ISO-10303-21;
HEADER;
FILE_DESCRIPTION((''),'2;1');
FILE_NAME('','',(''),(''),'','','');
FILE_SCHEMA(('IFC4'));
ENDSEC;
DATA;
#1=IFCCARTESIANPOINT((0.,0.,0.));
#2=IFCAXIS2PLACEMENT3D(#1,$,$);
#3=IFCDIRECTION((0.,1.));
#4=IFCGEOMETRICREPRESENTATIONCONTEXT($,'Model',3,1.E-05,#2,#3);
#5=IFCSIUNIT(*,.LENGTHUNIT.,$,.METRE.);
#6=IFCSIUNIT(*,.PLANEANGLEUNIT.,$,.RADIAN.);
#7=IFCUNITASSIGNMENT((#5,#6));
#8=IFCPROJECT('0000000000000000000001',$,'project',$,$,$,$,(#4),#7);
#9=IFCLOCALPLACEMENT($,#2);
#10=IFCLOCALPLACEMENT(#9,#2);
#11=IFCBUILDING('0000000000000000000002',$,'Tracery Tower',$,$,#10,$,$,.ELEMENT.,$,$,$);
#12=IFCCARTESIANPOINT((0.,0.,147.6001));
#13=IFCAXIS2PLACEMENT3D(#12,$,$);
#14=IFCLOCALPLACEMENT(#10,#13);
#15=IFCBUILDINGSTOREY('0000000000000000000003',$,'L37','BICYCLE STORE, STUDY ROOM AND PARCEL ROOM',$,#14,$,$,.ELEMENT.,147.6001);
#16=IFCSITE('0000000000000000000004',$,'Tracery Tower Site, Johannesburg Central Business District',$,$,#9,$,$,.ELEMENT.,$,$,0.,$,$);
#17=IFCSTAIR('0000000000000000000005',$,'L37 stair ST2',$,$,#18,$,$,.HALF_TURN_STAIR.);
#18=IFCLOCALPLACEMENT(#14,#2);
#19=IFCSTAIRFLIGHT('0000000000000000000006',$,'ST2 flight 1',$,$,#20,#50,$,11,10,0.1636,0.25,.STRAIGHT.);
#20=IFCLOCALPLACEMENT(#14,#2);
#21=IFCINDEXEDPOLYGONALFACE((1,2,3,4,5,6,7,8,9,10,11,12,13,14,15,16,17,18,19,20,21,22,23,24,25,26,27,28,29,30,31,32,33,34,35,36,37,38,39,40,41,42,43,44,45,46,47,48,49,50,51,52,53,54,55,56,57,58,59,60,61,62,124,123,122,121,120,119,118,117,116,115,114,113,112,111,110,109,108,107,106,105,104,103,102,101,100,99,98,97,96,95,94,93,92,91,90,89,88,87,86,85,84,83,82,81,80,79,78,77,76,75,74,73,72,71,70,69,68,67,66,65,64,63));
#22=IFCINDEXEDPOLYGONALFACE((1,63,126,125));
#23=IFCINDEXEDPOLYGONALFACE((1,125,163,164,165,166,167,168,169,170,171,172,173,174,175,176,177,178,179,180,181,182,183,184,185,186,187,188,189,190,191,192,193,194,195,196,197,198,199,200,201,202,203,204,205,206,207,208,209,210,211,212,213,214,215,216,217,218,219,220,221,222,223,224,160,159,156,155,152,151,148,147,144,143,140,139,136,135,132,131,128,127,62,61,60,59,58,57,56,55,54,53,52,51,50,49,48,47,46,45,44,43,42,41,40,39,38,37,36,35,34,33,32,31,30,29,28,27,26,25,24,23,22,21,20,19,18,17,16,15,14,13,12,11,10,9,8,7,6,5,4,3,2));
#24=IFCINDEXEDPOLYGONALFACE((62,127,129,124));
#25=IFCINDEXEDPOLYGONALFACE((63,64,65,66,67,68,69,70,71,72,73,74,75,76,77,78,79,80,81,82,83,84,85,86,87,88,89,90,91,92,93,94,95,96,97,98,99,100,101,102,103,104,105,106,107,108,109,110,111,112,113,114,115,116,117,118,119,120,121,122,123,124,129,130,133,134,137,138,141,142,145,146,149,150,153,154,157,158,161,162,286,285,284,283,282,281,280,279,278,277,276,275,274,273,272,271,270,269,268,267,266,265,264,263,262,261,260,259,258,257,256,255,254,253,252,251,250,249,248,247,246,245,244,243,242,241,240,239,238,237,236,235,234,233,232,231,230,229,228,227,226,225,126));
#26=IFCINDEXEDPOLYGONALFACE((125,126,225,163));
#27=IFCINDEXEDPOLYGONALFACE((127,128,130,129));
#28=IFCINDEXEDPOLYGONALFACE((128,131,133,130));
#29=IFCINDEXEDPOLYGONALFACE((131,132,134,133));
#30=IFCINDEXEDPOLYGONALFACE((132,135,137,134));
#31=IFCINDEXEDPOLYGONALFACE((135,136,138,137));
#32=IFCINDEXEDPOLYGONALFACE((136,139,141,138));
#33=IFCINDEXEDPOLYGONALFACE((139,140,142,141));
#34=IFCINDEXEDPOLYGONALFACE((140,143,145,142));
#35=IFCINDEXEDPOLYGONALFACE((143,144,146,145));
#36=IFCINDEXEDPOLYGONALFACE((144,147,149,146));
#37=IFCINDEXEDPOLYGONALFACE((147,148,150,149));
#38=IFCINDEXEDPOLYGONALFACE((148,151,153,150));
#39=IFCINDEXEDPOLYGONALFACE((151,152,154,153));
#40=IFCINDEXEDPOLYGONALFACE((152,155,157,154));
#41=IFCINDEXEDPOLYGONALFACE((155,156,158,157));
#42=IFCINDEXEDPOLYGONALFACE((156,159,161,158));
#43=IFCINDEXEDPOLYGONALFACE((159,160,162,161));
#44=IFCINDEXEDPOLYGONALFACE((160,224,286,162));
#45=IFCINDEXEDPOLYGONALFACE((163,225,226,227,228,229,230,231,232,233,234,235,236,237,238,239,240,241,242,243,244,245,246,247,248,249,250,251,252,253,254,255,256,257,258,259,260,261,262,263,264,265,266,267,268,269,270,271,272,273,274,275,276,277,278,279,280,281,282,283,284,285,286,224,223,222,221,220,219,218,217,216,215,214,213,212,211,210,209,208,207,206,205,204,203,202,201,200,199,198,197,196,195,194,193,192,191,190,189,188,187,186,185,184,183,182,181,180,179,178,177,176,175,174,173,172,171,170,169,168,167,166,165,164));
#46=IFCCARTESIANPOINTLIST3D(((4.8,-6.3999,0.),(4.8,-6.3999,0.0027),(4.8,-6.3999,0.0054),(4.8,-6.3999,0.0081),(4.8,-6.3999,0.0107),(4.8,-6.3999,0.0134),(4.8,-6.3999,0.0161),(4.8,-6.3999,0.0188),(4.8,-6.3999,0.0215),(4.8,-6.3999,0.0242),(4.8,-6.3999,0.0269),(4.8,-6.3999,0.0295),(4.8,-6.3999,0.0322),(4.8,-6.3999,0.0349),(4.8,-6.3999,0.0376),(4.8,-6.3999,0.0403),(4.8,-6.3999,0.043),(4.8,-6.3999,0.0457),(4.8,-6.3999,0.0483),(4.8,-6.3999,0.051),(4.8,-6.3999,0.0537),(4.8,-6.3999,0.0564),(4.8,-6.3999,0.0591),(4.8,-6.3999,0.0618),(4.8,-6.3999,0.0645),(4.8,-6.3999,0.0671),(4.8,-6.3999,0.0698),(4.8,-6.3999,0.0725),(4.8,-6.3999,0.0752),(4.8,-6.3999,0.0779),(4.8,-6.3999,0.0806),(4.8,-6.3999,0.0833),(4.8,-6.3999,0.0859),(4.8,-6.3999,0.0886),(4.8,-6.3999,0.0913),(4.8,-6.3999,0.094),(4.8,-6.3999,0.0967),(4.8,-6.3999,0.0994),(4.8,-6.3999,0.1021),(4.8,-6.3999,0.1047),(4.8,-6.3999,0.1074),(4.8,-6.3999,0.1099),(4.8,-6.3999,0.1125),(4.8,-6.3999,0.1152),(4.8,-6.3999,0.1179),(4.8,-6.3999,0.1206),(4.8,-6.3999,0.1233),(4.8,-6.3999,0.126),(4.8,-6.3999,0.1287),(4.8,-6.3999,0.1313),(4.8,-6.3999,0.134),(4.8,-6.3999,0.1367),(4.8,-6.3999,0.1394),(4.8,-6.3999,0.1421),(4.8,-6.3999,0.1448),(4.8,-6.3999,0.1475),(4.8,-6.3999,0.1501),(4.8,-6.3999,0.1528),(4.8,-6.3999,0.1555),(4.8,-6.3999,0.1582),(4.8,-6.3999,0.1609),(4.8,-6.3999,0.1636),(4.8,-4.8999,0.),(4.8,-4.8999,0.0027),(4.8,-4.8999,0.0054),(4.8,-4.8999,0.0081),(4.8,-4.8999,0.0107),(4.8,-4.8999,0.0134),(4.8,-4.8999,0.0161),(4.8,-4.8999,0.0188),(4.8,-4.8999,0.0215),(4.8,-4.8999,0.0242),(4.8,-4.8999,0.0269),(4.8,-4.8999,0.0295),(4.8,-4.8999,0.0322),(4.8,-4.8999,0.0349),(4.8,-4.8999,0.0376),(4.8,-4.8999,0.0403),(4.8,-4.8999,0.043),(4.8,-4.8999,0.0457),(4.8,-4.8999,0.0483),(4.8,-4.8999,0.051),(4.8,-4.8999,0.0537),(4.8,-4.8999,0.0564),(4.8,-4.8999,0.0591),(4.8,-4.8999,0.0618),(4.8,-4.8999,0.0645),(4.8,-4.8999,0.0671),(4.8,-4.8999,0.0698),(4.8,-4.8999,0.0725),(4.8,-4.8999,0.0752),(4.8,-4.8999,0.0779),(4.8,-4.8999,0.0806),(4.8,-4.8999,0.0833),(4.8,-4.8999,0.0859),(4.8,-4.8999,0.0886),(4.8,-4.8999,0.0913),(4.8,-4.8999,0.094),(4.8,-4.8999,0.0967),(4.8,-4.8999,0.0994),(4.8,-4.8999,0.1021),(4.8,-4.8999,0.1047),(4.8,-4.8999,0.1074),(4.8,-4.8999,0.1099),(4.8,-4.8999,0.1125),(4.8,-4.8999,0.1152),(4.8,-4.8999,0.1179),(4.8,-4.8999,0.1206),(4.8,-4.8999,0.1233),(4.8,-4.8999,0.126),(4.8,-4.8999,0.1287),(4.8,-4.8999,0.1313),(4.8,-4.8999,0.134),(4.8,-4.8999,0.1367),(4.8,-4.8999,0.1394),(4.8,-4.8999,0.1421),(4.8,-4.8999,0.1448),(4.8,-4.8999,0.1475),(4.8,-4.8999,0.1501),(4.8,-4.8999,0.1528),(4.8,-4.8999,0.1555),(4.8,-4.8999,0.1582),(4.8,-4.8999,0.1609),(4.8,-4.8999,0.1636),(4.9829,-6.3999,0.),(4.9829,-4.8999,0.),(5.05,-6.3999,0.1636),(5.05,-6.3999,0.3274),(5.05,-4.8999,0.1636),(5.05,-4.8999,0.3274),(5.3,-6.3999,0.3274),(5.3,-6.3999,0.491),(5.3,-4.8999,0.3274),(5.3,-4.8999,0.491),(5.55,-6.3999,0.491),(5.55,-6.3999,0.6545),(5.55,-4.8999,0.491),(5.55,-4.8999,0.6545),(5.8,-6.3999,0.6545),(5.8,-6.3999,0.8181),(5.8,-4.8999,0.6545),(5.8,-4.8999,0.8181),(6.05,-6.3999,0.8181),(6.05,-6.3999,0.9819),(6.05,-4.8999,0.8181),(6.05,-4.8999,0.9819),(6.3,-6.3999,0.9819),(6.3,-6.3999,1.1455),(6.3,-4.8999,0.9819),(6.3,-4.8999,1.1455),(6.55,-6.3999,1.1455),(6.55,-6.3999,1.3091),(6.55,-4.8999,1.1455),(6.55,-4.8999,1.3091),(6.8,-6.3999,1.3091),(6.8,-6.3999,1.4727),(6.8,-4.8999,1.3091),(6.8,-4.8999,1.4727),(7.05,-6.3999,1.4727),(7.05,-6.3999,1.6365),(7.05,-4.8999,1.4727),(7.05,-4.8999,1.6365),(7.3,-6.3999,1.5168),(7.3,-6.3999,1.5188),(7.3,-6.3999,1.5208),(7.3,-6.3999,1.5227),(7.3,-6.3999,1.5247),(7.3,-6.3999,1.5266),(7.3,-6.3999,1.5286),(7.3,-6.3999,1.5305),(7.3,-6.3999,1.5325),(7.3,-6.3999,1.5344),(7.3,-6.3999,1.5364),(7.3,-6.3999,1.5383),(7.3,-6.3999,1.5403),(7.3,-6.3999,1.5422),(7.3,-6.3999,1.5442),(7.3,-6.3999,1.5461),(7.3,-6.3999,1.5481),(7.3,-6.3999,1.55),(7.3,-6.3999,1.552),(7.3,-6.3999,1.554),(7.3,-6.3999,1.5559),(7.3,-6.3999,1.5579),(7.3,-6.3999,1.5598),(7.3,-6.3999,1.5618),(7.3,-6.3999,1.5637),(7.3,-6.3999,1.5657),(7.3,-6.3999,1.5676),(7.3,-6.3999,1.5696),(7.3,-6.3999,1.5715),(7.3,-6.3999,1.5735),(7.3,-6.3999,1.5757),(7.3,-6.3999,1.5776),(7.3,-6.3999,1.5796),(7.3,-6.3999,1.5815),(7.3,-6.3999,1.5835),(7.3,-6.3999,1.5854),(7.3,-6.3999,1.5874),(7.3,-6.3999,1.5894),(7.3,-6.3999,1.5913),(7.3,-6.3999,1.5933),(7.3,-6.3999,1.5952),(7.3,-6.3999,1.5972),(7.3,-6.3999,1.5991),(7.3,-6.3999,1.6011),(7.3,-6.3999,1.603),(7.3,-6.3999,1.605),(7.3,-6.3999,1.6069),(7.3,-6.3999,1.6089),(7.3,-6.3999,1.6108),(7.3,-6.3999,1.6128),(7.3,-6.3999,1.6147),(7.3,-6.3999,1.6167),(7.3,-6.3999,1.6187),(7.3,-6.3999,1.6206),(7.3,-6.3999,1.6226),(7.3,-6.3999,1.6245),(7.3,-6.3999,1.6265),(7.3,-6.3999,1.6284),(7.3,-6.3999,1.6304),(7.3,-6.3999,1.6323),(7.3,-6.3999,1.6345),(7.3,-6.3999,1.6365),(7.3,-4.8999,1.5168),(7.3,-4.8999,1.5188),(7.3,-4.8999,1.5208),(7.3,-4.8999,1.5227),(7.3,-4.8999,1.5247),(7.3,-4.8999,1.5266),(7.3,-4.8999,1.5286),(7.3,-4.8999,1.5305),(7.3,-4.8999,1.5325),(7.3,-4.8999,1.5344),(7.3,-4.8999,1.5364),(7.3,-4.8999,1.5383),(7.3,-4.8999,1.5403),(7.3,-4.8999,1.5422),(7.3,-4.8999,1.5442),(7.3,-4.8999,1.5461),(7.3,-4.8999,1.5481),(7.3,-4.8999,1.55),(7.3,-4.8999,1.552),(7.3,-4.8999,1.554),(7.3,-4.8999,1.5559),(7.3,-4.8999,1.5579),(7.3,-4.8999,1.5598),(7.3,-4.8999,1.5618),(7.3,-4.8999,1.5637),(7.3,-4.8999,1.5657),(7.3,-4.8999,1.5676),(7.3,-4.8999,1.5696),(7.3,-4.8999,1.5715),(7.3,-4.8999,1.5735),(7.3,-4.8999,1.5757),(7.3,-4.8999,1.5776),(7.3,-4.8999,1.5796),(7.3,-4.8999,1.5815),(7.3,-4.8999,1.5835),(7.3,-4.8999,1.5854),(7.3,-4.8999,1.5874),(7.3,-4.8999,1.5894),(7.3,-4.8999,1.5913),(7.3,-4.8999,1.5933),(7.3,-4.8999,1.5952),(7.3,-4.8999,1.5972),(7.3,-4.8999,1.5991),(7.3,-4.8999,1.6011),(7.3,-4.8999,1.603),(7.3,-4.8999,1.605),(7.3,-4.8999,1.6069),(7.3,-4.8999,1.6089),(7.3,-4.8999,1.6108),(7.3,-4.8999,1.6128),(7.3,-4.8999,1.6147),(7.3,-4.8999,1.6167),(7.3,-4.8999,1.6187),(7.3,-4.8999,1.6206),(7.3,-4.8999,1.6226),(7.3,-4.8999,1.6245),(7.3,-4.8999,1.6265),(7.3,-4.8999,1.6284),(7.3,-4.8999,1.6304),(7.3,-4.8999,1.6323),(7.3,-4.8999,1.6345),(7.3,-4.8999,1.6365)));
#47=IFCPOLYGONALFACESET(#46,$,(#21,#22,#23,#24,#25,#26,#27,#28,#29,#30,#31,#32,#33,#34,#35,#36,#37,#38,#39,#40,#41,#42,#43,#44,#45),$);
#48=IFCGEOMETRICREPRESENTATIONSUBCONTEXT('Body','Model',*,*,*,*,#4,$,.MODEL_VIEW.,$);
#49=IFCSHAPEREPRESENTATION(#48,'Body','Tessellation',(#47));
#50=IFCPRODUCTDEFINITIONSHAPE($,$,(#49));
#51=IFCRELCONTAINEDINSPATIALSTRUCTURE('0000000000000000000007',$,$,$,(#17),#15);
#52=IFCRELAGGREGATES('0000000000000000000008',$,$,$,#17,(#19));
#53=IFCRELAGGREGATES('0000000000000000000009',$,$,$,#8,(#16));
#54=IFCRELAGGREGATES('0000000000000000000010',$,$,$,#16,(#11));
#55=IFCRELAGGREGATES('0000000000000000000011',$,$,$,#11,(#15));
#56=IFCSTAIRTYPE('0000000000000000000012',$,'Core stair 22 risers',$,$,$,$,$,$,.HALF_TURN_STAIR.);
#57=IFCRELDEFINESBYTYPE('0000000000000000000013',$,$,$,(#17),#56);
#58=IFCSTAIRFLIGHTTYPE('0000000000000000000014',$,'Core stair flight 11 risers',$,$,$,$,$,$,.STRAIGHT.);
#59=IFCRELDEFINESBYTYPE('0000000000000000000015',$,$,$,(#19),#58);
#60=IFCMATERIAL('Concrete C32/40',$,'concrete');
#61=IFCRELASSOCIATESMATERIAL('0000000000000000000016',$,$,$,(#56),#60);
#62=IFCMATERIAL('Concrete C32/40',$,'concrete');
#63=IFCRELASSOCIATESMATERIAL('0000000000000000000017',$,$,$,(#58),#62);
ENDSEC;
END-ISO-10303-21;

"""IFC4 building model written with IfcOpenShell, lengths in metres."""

from ifc_helpers import new_model, si_unit, direction, frame, origin, place, context, subcontext, project, spatial, polyline, outline, extrude, material, type_object, element, aggregate, save


model = new_model("IFC4")

# Units and contexts
model_context = context("Model", 3, precision=1e-05, world=origin(), true_north=direction((0.0, 1.0)))
body_context = subcontext(model_context, "Body", "Model", "MODEL_VIEW")
ifc_project = project(units=[si_unit("LENGTHUNIT", "METRE"), si_unit("PLANEANGLEUNIT", "RADIAN")], contexts=[model_context])

# Site, building, storey
site_placement = place(None, origin())
site = spatial("IfcSite", under=ifc_project, at=site_placement, Name="Tracery Tower Site, Johannesburg Central Business District", CompositionType="ELEMENT", RefElevation=0.0)
building_placement = place(site_placement, origin())
building = spatial("IfcBuilding", under=site, at=building_placement, Name="Tracery Tower", CompositionType="ELEMENT")
storey_placement = place(building_placement, frame((0.0, 0.0, 147.6001)))
storey = spatial("IfcBuildingStorey", under=building, at=storey_placement, Name="L37", Description="BICYCLE STORE, STUDY ROOM AND PARCEL ROOM", CompositionType="ELEMENT", Elevation=147.6001)

# Shared definitions
ifc_material_1 = material(Name="Concrete C32/40", Category="concrete")
stair_type = type_object("IfcStairType", Name="Core stair 22 risers", PredefinedType="HALF_TURN_STAIR", material=ifc_material_1)

# Stair, stair flight
stair_1_placement = place(storey_placement, origin())
stair_1 = element("IfcStair", 1, at=stair_1_placement, inside=storey, type_object=stair_type, Name="L37 stair ST2", PredefinedType="HALF_TURN_STAIR")
ifc_material_2 = material(Name="Concrete C32/40", Category="concrete")
stair_flight_type = type_object("IfcStairFlightType", Name="Core stair flight 11 risers", PredefinedType="STRAIGHT", material=ifc_material_2)
stair_flight_1_placement = place(storey_placement, frame((4.8, -5.6499, 0.0), z_axis=(0.0, 0.0, 1.0), x_axis=(1.0, 0.0, 0.0)))
stair_flight_1 = element("IfcStairFlight", 2, at=stair_flight_1_placement, type_object=stair_flight_type, Name="ST2 flight 1", NumberOfRisers=11, NumberOfTreads=10, PredefinedType="STRAIGHT", RiserHeight=0.1636, TreadLength=0.25, context=body_context, shape_type="SweptSolid", body=[
    extrude(outline(polyline([(0.0, 0.0), (0.0, 0.0027), (0.0, 0.0054), (0.0, 0.0081), (0.0, 0.0107), (0.0, 0.0134), (0.0, 0.0161), (0.0, 0.0188), (0.0, 0.0215), (0.0, 0.0242), (0.0, 0.0269), (0.0, 0.0295), (0.0, 0.0322), (0.0, 0.0349), (0.0, 0.0376), (0.0, 0.0403), (0.0, 0.043), (0.0, 0.0457), (0.0, 0.0483), (0.0, 0.051), (0.0, 0.0537), (0.0, 0.0564), (0.0, 0.0591), (0.0, 0.0618), (0.0, 0.0645), (0.0, 0.0671), (0.0, 0.0698), (0.0, 0.0725), (0.0, 0.0752), (0.0, 0.0779), (0.0, 0.0806), (0.0, 0.0833), (0.0, 0.0859), (0.0, 0.0886), (0.0, 0.0913), (0.0, 0.094), (0.0, 0.0967), (0.0, 0.0994), (0.0, 0.1021), (0.0, 0.1047), (0.0, 0.1074), (0.0, 0.1099), (0.0, 0.1125), (0.0, 0.1152), (0.0, 0.1179), (0.0, 0.1206), (0.0, 0.1233), (0.0, 0.126), (0.0, 0.1287), (0.0, 0.1313), (0.0, 0.134), (0.0, 0.1367), (0.0, 0.1394), (0.0, 0.1421), (0.0, 0.1448), (0.0, 0.1475), (0.0, 0.1501), (0.0, 0.1528), (0.0, 0.1555), (0.0, 0.1582), (0.0, 0.1609), (0.0, 0.1636), (0.25, 0.1636), (0.25, 0.3274), (0.5, 0.3274), (0.5, 0.491), (0.75, 0.491), (0.75, 0.6545), (1.0, 0.6545), (1.0, 0.8181), (1.25, 0.8181), (1.25, 0.9819), (1.5, 0.9819), (1.5, 1.1455), (1.75, 1.1455), (1.75, 1.3091), (2.0, 1.3091), (2.0, 1.4727), (2.25, 1.4727), (2.25, 1.6365), (2.5, 1.6365), (2.5, 1.6345), (2.5, 1.6323), (2.5, 1.6304), (2.5, 1.6284), (2.5, 1.6265), (2.5, 1.6245), (2.5, 1.6226), (2.5, 1.6206), (2.5, 1.6187), (2.5, 1.6167), (2.5, 1.6147), (2.5, 1.6128), (2.5, 1.6108), (2.5, 1.6089), (2.5, 1.6069), (2.5, 1.605), (2.5, 1.603), (2.5, 1.6011), (2.5, 1.5991), (2.5, 1.5972), (2.5, 1.5952), (2.5, 1.5933), (2.5, 1.5913), (2.5, 1.5894), (2.5, 1.5874), (2.5, 1.5854), (2.5, 1.5835), (2.5, 1.5815), (2.5, 1.5796), (2.5, 1.5776), (2.5, 1.5757), (2.5, 1.5735), (2.5, 1.5715), (2.5, 1.5696), (2.5, 1.5676), (2.5, 1.5657), (2.5, 1.5637), (2.5, 1.5618), (2.5, 1.5598), (2.5, 1.5579), (2.5, 1.5559), (2.5, 1.554), (2.5, 1.552), (2.5, 1.55), (2.5, 1.5481), (2.5, 1.5461), (2.5, 1.5442), (2.5, 1.5422), (2.5, 1.5403), (2.5, 1.5383), (2.5, 1.5364), (2.5, 1.5344), (2.5, 1.5325), (2.5, 1.5305), (2.5, 1.5286), (2.5, 1.5266), (2.5, 1.5247), (2.5, 1.5227), (2.5, 1.5208), (2.5, 1.5188), (2.5, 1.5168), (0.1829, 0.0), (0.0, 0.0)])), frame((0.0, 0.75, 0.0), z_axis=(0.0, -1.0, 0.0), x_axis=(1.0, 0.0, 0.0)), (0.0, 0.0, 1.0), 1.5),
])
aggregate(stair_1, [stair_flight_1])

save(model, "model.ifc")
